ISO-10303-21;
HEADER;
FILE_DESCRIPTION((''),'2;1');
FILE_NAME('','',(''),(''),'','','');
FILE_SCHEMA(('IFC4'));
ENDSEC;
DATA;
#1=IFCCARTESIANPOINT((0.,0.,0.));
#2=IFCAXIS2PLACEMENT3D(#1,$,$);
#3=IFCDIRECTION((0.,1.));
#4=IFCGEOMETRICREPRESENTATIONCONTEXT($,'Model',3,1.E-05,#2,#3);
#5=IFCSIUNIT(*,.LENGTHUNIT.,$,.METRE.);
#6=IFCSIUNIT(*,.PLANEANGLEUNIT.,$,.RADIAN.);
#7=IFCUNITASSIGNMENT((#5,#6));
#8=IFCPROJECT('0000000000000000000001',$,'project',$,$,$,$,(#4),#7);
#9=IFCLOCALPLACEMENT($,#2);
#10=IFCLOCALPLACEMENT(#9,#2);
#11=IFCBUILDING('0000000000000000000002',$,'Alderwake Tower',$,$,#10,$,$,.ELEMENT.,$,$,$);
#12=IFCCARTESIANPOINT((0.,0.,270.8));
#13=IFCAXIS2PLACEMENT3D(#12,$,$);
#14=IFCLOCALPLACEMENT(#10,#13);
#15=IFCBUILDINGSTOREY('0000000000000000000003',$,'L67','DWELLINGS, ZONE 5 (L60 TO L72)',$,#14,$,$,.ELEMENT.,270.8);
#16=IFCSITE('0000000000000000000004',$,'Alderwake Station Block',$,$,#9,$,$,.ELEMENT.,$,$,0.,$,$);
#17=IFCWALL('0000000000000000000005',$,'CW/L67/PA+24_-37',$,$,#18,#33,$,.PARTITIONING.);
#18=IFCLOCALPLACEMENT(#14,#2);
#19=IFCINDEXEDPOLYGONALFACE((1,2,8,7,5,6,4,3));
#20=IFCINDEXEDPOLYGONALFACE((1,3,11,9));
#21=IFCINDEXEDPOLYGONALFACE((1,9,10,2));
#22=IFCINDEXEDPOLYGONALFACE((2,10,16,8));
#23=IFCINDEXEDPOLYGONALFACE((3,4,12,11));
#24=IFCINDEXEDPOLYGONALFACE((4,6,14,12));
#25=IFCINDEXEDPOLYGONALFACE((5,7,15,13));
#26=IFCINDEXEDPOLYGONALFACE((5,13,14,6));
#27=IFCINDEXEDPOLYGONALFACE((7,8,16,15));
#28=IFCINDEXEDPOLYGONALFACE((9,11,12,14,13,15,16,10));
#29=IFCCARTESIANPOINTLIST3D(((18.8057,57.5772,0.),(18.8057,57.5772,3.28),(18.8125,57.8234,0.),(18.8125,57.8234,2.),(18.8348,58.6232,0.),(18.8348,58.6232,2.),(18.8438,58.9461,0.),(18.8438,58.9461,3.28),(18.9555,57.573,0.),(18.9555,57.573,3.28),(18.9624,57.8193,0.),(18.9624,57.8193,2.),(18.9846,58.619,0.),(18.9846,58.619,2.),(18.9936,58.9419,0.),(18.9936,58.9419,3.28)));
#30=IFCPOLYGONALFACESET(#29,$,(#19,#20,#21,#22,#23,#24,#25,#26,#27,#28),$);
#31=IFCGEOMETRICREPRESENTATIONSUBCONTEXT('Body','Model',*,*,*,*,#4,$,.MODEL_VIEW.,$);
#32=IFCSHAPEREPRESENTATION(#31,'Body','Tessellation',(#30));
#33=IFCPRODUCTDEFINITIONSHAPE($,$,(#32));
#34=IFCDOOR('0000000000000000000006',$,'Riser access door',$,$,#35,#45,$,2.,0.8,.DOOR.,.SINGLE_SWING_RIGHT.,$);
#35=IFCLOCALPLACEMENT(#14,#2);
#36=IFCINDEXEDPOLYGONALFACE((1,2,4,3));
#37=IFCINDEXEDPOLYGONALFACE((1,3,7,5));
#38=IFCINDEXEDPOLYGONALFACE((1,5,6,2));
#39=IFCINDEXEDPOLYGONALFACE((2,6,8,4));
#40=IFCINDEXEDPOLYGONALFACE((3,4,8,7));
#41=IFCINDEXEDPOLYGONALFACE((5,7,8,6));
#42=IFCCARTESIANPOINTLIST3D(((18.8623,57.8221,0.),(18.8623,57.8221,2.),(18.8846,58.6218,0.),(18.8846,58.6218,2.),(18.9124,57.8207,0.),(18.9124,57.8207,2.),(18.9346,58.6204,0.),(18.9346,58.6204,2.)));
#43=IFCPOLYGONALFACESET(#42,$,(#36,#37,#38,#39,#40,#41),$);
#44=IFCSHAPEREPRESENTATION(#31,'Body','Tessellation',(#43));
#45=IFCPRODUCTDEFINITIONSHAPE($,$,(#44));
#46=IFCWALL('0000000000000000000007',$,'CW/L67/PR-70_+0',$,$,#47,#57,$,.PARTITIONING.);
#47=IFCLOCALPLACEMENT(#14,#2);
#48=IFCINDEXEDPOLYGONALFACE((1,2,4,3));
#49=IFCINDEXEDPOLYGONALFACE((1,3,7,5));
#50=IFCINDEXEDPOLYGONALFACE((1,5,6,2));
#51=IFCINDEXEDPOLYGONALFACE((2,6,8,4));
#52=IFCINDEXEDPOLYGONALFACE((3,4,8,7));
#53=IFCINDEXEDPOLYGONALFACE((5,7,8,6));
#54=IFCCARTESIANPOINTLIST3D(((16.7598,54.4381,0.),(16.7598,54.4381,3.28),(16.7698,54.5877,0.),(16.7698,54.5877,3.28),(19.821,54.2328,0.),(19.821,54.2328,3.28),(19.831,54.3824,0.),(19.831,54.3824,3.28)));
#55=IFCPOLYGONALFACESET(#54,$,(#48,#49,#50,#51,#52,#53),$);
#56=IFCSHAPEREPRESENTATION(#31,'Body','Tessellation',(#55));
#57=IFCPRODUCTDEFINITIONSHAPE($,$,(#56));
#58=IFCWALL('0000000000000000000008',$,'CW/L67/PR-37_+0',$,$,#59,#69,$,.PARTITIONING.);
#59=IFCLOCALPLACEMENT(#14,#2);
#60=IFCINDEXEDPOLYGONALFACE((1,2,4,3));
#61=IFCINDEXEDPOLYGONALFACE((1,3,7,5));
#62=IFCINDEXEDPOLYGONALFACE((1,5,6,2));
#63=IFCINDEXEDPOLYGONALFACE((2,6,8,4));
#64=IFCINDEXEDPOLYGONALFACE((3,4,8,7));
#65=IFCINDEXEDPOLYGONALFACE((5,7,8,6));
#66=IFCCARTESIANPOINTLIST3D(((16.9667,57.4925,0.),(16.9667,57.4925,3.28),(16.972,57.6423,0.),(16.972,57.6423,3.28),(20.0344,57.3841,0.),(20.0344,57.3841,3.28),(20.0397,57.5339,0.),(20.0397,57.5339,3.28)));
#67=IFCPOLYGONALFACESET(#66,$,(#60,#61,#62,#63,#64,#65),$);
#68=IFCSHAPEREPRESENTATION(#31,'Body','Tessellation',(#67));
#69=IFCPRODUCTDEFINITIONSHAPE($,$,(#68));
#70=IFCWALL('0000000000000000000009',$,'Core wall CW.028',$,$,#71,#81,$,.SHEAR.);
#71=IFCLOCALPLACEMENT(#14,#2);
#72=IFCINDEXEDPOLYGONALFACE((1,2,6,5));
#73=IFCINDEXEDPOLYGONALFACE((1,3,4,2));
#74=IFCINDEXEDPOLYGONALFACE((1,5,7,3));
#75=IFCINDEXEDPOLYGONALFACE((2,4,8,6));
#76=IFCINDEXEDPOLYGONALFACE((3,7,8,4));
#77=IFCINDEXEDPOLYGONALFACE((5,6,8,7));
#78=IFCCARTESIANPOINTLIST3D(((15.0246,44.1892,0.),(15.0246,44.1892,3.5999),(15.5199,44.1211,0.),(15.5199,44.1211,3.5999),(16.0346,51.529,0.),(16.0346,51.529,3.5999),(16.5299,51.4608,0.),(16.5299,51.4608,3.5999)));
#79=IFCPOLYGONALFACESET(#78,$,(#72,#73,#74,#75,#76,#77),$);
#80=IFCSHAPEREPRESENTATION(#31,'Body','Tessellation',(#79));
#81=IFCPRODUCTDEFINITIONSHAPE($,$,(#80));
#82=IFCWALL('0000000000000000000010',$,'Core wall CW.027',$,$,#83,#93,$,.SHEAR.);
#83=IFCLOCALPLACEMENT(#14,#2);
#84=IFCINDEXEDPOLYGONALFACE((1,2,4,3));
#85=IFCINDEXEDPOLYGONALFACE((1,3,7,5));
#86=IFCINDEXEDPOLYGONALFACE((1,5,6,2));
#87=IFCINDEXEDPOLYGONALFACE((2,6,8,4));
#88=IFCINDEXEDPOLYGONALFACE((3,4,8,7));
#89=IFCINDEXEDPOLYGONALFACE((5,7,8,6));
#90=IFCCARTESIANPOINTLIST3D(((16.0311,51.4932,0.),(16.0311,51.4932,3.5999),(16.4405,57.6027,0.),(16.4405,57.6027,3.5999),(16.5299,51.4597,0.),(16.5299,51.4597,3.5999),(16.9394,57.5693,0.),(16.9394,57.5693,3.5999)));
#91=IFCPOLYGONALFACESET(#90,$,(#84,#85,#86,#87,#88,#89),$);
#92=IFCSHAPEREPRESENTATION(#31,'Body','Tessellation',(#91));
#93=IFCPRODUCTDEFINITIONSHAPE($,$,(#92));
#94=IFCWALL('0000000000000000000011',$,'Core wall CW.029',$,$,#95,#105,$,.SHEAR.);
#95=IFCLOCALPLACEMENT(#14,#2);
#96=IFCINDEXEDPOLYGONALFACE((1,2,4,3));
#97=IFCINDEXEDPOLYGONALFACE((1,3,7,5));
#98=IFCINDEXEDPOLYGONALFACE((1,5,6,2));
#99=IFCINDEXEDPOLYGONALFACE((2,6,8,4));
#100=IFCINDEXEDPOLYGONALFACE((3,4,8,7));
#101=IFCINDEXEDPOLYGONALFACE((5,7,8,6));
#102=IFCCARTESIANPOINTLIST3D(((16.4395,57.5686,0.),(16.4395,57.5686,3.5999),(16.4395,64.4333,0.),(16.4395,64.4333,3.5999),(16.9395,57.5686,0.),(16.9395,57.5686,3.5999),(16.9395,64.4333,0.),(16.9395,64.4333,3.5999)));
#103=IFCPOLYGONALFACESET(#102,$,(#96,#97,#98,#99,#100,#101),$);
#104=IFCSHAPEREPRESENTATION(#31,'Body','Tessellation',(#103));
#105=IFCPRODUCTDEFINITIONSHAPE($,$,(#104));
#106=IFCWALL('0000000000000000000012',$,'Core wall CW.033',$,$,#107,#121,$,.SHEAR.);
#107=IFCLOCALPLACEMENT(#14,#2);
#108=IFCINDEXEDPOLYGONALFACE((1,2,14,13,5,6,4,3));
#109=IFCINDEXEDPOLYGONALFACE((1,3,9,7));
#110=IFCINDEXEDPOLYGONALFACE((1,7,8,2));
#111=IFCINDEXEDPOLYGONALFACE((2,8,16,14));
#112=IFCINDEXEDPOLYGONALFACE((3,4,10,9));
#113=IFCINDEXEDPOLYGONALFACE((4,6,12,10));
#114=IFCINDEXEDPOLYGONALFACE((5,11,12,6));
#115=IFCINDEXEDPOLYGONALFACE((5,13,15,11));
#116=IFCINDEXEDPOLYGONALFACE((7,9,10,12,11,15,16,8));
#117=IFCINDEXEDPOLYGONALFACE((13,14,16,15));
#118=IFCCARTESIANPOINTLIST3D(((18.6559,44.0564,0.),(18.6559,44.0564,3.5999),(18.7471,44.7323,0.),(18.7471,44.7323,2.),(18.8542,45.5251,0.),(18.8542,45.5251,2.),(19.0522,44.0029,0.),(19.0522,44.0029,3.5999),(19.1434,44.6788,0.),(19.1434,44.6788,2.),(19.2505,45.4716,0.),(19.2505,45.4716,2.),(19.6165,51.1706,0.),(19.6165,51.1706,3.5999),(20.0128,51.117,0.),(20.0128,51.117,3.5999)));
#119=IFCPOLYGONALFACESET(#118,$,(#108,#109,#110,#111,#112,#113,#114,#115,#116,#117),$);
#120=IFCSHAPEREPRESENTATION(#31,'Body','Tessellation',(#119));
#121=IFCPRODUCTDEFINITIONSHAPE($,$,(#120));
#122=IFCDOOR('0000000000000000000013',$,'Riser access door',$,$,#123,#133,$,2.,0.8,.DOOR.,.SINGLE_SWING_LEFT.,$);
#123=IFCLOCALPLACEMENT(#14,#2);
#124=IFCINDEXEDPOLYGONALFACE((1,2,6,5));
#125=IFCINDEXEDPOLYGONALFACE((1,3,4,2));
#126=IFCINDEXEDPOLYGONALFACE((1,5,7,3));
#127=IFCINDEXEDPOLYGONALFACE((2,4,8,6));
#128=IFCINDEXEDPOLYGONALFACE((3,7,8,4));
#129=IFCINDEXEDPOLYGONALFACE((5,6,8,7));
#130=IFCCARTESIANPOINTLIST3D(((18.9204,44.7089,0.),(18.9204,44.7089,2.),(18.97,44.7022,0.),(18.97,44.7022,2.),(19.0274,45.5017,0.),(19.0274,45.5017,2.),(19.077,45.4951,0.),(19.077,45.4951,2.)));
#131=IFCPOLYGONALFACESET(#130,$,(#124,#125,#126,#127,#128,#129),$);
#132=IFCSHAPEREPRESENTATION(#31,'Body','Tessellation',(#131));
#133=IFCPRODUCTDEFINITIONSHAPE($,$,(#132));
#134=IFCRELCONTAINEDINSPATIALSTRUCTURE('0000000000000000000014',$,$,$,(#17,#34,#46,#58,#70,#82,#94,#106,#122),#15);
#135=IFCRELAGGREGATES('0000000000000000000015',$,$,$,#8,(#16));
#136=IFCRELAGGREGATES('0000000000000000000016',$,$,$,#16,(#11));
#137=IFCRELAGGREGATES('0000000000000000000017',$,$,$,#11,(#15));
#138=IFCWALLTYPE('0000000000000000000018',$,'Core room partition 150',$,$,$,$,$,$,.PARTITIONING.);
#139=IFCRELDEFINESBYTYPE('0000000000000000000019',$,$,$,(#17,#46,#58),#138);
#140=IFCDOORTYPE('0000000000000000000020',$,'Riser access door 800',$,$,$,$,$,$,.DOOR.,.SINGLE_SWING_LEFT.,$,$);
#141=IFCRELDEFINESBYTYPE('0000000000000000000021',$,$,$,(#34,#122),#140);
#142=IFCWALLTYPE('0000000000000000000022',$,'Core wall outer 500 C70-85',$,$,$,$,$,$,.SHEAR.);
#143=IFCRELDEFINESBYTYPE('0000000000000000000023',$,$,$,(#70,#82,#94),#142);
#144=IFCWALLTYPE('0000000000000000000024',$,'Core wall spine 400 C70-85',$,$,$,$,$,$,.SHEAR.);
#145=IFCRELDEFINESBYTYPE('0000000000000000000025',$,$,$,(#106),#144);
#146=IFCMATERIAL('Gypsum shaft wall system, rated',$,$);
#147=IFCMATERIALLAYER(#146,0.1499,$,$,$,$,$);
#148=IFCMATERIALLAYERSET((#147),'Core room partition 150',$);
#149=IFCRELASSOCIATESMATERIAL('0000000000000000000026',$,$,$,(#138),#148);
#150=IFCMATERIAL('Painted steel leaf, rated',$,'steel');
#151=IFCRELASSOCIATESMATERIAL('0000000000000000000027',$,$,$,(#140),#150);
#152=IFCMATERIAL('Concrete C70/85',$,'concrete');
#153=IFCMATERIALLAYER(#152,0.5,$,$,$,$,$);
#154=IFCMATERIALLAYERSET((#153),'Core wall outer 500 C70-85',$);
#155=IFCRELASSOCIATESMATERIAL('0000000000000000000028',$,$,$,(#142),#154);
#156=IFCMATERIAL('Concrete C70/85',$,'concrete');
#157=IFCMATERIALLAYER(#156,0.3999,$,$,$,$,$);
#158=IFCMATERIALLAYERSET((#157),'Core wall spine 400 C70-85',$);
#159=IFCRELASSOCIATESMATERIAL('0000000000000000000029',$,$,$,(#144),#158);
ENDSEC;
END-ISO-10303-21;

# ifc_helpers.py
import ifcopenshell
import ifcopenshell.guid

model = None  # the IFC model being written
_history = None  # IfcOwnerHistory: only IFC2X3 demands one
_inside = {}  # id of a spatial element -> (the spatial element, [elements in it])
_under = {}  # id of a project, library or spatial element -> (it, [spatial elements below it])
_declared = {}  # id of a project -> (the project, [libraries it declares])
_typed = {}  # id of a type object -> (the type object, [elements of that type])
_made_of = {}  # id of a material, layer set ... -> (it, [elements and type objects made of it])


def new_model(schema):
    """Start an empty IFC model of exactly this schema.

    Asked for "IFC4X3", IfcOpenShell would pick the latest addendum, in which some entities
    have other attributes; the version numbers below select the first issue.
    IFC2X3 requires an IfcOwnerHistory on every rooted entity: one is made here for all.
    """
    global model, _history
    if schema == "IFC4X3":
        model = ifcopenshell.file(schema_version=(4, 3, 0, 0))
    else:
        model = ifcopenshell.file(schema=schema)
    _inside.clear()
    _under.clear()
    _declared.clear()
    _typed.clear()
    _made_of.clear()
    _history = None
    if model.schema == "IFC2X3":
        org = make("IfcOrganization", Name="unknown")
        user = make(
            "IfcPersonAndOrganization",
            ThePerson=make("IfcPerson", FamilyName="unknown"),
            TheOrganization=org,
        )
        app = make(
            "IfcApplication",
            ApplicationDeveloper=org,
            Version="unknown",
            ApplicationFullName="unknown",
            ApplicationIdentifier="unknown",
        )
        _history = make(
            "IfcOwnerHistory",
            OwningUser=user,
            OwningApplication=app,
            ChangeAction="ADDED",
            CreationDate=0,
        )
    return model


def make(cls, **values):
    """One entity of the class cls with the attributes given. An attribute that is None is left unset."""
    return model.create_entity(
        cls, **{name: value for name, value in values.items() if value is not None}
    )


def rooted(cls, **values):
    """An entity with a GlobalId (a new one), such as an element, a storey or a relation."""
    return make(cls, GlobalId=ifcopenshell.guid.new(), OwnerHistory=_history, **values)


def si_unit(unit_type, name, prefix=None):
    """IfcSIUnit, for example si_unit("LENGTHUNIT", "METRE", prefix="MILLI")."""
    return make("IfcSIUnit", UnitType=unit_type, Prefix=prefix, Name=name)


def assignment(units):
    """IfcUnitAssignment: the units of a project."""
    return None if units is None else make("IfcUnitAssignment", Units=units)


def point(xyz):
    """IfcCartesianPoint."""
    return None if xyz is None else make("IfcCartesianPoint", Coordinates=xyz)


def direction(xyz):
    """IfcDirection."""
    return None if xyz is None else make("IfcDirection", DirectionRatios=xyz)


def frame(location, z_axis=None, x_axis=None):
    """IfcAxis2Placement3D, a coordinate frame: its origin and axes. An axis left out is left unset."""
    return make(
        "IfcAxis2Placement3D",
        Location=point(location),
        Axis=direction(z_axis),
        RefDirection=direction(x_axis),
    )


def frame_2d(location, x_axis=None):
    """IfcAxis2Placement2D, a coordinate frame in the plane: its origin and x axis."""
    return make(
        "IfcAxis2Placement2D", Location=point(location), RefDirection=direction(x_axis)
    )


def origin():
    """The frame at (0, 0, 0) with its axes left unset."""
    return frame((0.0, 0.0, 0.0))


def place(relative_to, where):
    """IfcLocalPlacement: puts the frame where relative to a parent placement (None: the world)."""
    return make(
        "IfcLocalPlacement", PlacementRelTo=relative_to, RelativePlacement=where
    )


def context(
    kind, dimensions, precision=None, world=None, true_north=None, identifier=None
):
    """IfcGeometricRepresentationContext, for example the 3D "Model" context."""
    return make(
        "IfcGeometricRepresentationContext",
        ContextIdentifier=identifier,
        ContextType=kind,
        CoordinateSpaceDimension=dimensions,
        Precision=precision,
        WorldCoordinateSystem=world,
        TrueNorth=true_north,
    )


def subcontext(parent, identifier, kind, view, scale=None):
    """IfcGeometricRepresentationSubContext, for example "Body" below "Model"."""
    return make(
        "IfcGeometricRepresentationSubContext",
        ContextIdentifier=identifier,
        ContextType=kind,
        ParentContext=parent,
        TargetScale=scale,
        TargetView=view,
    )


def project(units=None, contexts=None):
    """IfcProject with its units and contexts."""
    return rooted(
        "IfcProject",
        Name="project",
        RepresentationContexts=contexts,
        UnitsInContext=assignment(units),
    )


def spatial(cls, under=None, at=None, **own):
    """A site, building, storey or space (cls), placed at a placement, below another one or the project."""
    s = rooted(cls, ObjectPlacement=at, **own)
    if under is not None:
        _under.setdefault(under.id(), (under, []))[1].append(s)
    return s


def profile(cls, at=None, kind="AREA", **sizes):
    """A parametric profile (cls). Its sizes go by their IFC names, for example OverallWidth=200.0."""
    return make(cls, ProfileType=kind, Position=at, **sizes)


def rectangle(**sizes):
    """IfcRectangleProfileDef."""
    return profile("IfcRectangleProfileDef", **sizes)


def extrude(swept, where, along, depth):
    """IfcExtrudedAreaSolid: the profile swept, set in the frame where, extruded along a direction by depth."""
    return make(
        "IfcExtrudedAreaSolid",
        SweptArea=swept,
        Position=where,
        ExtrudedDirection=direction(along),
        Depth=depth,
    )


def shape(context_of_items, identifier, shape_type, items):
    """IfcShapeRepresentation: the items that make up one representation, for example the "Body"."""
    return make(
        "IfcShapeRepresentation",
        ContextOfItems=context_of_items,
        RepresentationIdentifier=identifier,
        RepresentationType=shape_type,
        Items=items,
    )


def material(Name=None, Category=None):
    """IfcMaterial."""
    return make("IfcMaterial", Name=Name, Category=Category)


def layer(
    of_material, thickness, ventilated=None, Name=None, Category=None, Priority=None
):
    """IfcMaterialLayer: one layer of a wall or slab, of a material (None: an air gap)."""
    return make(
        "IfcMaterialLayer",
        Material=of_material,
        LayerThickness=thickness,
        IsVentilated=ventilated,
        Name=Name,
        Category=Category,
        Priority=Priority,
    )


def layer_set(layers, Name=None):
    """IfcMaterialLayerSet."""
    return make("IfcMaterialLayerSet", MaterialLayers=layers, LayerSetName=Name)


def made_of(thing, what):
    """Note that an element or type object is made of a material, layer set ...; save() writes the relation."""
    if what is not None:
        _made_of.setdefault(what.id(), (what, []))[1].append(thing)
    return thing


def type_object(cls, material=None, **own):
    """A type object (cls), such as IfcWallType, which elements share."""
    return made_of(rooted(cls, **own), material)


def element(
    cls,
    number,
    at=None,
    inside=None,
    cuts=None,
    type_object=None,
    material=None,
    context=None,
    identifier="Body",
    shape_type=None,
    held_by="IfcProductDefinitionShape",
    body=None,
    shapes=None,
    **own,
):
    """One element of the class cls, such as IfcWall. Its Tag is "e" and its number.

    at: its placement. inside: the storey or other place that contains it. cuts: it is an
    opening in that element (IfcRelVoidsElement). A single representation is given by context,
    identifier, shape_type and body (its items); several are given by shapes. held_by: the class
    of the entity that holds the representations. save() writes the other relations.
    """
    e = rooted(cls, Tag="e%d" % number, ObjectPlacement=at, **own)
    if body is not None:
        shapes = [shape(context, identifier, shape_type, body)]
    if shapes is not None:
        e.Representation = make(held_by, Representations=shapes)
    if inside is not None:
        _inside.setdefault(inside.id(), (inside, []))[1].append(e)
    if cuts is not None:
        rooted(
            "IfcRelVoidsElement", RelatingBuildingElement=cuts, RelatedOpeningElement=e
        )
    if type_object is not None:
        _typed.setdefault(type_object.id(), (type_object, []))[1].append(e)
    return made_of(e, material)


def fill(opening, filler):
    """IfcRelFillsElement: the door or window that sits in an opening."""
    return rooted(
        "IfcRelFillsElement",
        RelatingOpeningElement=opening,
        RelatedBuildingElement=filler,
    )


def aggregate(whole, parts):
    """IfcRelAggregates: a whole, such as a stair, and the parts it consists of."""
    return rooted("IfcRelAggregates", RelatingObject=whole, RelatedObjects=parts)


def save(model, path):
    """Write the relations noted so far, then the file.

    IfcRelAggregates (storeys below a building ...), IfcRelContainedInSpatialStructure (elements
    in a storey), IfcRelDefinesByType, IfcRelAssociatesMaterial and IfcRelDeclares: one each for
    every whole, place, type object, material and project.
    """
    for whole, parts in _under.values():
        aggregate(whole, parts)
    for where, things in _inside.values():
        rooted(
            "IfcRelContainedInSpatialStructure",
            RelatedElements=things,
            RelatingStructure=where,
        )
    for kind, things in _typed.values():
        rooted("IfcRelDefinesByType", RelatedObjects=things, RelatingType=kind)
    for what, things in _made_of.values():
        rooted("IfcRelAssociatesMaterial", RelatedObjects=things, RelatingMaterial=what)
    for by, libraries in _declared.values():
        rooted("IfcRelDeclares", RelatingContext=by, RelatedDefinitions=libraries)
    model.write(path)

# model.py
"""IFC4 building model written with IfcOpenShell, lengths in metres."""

from ifc_helpers import new_model, si_unit, direction, frame, frame_2d, origin, place, context, subcontext, project, spatial, rectangle, extrude, material, layer, layer_set, type_object, element, fill, save


model = new_model("IFC4")

# Units and contexts
model_context = context("Model", 3, precision=1e-05, world=origin(), true_north=direction((0.0, 1.0)))
body_context = subcontext(model_context, "Body", "Model", "MODEL_VIEW")
ifc_project = project(units=[si_unit("LENGTHUNIT", "METRE"), si_unit("PLANEANGLEUNIT", "RADIAN")], contexts=[model_context])

# Site, building, storey
site_placement = place(None, origin())
site = spatial("IfcSite", under=ifc_project, at=site_placement, Name="Alderwake Station Block", CompositionType="ELEMENT", RefElevation=0.0)
building_placement = place(site_placement, origin())
building = spatial("IfcBuilding", under=site, at=building_placement, Name="Alderwake Tower", CompositionType="ELEMENT")
storey_placement = place(building_placement, frame((0.0, 0.0, 270.8)))
storey = spatial("IfcBuildingStorey", under=building, at=storey_placement, Name="L67", Description="DWELLINGS, ZONE 5 (L60 TO L72)", CompositionType="ELEMENT", Elevation=270.8)

# Wall, opening, door
ifc_material_1 = material(Name="Gypsum shaft wall system, rated")
ifc_layer_1 = layer(ifc_material_1, 0.1499)
ifc_layer_set_1 = layer_set([ifc_layer_1], Name="Core room partition 150")
wall_type_1 = type_object("IfcWallType", Name="Core room partition 150", PredefinedType="PARTITIONING", material=ifc_layer_set_1)
wall_1_placement = place(storey_placement, frame((18.9187, 58.9438, 0.0), z_axis=(0.0, 0.0, 1.0), x_axis=(-0.027812, -0.999613, 0.0)))
wall_1 = element("IfcWall", 1, at=wall_1_placement, inside=storey, type_object=wall_type_1, Name="CW/L67/PA+24_-37", PredefinedType="PARTITIONING", context=body_context, shape_type="SweptSolid", body=[
    extrude(rectangle(XDim=1.3694, YDim=0.1499, at=frame_2d((0.6846, 0.0))), origin(), (0.0, 0.0, 1.0), 3.28),
])
opening_1_placement = place(wall_1_placement, frame((0.323, 0.0, 0.0)))
opening_1 = element("IfcOpeningElement", 2, at=opening_1_placement, cuts=wall_1, PredefinedType="OPENING", context=body_context, shape_type="SweptSolid", body=[
    extrude(rectangle(XDim=0.8, YDim=2.0, at=frame_2d((0.3999, 1.0))), frame((0.0, 0.085, 0.0), z_axis=(0.0, -1.0, 0.0), x_axis=(1.0, 0.0, 0.0)), (0.0, 0.0, 1.0), 0.1699),
])
ifc_material_2 = material(Name="Painted steel leaf, rated", Category="steel")
door_type_1 = type_object("IfcDoorType", Name="Riser access door 800", OperationType="SINGLE_SWING_LEFT", PredefinedType="DOOR", material=ifc_material_2)
door_1_placement = place(opening_1_placement, origin())
door_1 = element("IfcDoor", 3, at=door_1_placement, inside=storey, type_object=door_type_1, Name="Riser access door", OperationType="SINGLE_SWING_RIGHT", OverallHeight=2.0, OverallWidth=0.8, PredefinedType="DOOR", context=body_context, shape_type="SweptSolid", body=[
    extrude(rectangle(XDim=0.8, YDim=2.0, at=frame_2d((0.3999, 1.0))), frame((0.0, 0.0249, 0.0), z_axis=(0.0, -1.0, 0.0), x_axis=(1.0, 0.0, 0.0)), (0.0, 0.0, 1.0), 0.05),
])
fill(opening_1, door_1)

# Walls
wall_2_placement = place(storey_placement, frame((16.7646, 54.5129, 0.0), z_axis=(0.0, 0.0, 1.0), x_axis=(0.997758, -0.06692, 0.0)))
element("IfcWall", 4, at=wall_2_placement, inside=storey, type_object=wall_type_1, Name="CW/L67/PR-70_+0", PredefinedType="PARTITIONING", context=body_context, shape_type="SweptSolid", body=[
    extrude(rectangle(XDim=3.0681, YDim=0.1499, at=frame_2d((1.5342, 0.0))), origin(), (0.0, 0.0, 1.0), 3.28),
])
wall_3_placement = place(storey_placement, frame((16.9695, 57.5674, 0.0), z_axis=(0.0, 0.0, 1.0), x_axis=(0.999376, -0.035314, 0.0)))
element("IfcWall", 5, at=wall_3_placement, inside=storey, type_object=wall_type_1, Name="CW/L67/PR-37_+0", PredefinedType="PARTITIONING", context=body_context, shape_type="SweptSolid", body=[
    extrude(rectangle(XDim=3.0696, YDim=0.1499, at=frame_2d((1.5347, 0.0))), origin(), (0.0, 0.0, 1.0), 3.28),
])
ifc_material_3 = material(Name="Concrete C70/85", Category="concrete")
ifc_layer_2 = layer(ifc_material_3, 0.5)
ifc_layer_set_2 = layer_set([ifc_layer_2], Name="Core wall outer 500 C70-85")
wall_type_2 = type_object("IfcWallType", Name="Core wall outer 500 C70-85", PredefinedType="SHEAR", material=ifc_layer_set_2)
wall_4_placement = place(storey_placement, frame((15.2722, 44.155, 0.0), z_axis=(0.0, 0.0, 1.0), x_axis=(0.136322, 0.990665, 0.0)))
element("IfcWall", 6, at=wall_4_placement, inside=storey, type_object=wall_type_2, Name="Core wall CW.028", PredefinedType="SHEAR", context=body_context, shape_type="SweptSolid", body=[
    extrude(rectangle(XDim=7.4089, YDim=0.5, at=frame_2d((3.7046, 0.0))), origin(), (0.0, 0.0, 1.0), 3.5999),
])
wall_5_placement = place(storey_placement, frame((16.2805, 51.4766, 0.0), z_axis=(0.0, 0.0, 1.0), x_axis=(0.066863, 0.997762, 0.0)))
element("IfcWall", 7, at=wall_5_placement, inside=storey, type_object=wall_type_2, Name="Core wall CW.027", PredefinedType="SHEAR", context=body_context, shape_type="SweptSolid", body=[
    extrude(rectangle(XDim=6.1233, YDim=0.5, at=frame_2d((3.0615, 0.0))), origin(), (0.0, 0.0, 1.0), 3.5999),
])
wall_6_placement = place(storey_placement, frame((16.6895, 57.5686, 0.0), z_axis=(0.0, 0.0, 1.0), x_axis=(0.0, 1.0, 0.0)))
element("IfcWall", 8, at=wall_6_placement, inside=storey, type_object=wall_type_2, Name="Core wall CW.029", PredefinedType="SHEAR", context=body_context, shape_type="SweptSolid", body=[
    extrude(rectangle(XDim=6.8647, YDim=0.5, at=frame_2d((3.4324, 0.0))), origin(), (0.0, 0.0, 1.0), 3.5999),
])

# Wall, opening, door
ifc_material_4 = material(Name="Concrete C70/85", Category="concrete")
ifc_layer_3 = layer(ifc_material_4, 0.3999)
ifc_layer_set_3 = layer_set([ifc_layer_3], Name="Core wall spine 400 C70-85")
wall_type_3 = type_object("IfcWallType", Name="Core wall spine 400 C70-85", PredefinedType="SHEAR", material=ifc_layer_set_3)
wall_7_placement = place(storey_placement, frame((19.8147, 51.1438, 0.0), z_axis=(0.0, 0.0, 1.0), x_axis=(-0.133823, -0.991005, 0.0)))
wall_7 = element("IfcWall", 9, at=wall_7_placement, inside=storey, type_object=wall_type_3, Name="Core wall CW.033", PredefinedType="SHEAR", context=body_context, shape_type="SweptSolid", body=[
    extrude(rectangle(XDim=7.1787, YDim=0.3999, at=frame_2d((3.5894, 0.0))), origin(), (0.0, 0.0, 1.0), 3.5999),
])
opening_2_placement = place(wall_7_placement, frame((5.6968, 0.0, 0.0)))
opening_2 = element("IfcOpeningElement", 10, at=opening_2_placement, cuts=wall_7, PredefinedType="OPENING", context=body_context, shape_type="SweptSolid", body=[
    extrude(rectangle(XDim=0.8, YDim=2.0, at=frame_2d((0.3999, 1.0))), frame((0.0, 0.21, 0.0), z_axis=(0.0, -1.0, 0.0), x_axis=(1.0, 0.0, 0.0)), (0.0, 0.0, 1.0), 0.4199),
])
door_2_placement = place(opening_2_placement, origin())
door_2 = element("IfcDoor", 11, at=door_2_placement, inside=storey, type_object=door_type_1, Name="Riser access door", OperationType="SINGLE_SWING_LEFT", OverallHeight=2.0, OverallWidth=0.8, PredefinedType="DOOR", context=body_context, shape_type="SweptSolid", body=[
    extrude(rectangle(XDim=0.8, YDim=2.0, at=frame_2d((0.3999, 1.0))), frame((0.0, 0.0249, 0.0), z_axis=(0.0, -1.0, 0.0), x_axis=(1.0, 0.0, 0.0)), (0.0, 0.0, 1.0), 0.05),
])
fill(opening_2, door_2)

save(model, "model.ifc")
